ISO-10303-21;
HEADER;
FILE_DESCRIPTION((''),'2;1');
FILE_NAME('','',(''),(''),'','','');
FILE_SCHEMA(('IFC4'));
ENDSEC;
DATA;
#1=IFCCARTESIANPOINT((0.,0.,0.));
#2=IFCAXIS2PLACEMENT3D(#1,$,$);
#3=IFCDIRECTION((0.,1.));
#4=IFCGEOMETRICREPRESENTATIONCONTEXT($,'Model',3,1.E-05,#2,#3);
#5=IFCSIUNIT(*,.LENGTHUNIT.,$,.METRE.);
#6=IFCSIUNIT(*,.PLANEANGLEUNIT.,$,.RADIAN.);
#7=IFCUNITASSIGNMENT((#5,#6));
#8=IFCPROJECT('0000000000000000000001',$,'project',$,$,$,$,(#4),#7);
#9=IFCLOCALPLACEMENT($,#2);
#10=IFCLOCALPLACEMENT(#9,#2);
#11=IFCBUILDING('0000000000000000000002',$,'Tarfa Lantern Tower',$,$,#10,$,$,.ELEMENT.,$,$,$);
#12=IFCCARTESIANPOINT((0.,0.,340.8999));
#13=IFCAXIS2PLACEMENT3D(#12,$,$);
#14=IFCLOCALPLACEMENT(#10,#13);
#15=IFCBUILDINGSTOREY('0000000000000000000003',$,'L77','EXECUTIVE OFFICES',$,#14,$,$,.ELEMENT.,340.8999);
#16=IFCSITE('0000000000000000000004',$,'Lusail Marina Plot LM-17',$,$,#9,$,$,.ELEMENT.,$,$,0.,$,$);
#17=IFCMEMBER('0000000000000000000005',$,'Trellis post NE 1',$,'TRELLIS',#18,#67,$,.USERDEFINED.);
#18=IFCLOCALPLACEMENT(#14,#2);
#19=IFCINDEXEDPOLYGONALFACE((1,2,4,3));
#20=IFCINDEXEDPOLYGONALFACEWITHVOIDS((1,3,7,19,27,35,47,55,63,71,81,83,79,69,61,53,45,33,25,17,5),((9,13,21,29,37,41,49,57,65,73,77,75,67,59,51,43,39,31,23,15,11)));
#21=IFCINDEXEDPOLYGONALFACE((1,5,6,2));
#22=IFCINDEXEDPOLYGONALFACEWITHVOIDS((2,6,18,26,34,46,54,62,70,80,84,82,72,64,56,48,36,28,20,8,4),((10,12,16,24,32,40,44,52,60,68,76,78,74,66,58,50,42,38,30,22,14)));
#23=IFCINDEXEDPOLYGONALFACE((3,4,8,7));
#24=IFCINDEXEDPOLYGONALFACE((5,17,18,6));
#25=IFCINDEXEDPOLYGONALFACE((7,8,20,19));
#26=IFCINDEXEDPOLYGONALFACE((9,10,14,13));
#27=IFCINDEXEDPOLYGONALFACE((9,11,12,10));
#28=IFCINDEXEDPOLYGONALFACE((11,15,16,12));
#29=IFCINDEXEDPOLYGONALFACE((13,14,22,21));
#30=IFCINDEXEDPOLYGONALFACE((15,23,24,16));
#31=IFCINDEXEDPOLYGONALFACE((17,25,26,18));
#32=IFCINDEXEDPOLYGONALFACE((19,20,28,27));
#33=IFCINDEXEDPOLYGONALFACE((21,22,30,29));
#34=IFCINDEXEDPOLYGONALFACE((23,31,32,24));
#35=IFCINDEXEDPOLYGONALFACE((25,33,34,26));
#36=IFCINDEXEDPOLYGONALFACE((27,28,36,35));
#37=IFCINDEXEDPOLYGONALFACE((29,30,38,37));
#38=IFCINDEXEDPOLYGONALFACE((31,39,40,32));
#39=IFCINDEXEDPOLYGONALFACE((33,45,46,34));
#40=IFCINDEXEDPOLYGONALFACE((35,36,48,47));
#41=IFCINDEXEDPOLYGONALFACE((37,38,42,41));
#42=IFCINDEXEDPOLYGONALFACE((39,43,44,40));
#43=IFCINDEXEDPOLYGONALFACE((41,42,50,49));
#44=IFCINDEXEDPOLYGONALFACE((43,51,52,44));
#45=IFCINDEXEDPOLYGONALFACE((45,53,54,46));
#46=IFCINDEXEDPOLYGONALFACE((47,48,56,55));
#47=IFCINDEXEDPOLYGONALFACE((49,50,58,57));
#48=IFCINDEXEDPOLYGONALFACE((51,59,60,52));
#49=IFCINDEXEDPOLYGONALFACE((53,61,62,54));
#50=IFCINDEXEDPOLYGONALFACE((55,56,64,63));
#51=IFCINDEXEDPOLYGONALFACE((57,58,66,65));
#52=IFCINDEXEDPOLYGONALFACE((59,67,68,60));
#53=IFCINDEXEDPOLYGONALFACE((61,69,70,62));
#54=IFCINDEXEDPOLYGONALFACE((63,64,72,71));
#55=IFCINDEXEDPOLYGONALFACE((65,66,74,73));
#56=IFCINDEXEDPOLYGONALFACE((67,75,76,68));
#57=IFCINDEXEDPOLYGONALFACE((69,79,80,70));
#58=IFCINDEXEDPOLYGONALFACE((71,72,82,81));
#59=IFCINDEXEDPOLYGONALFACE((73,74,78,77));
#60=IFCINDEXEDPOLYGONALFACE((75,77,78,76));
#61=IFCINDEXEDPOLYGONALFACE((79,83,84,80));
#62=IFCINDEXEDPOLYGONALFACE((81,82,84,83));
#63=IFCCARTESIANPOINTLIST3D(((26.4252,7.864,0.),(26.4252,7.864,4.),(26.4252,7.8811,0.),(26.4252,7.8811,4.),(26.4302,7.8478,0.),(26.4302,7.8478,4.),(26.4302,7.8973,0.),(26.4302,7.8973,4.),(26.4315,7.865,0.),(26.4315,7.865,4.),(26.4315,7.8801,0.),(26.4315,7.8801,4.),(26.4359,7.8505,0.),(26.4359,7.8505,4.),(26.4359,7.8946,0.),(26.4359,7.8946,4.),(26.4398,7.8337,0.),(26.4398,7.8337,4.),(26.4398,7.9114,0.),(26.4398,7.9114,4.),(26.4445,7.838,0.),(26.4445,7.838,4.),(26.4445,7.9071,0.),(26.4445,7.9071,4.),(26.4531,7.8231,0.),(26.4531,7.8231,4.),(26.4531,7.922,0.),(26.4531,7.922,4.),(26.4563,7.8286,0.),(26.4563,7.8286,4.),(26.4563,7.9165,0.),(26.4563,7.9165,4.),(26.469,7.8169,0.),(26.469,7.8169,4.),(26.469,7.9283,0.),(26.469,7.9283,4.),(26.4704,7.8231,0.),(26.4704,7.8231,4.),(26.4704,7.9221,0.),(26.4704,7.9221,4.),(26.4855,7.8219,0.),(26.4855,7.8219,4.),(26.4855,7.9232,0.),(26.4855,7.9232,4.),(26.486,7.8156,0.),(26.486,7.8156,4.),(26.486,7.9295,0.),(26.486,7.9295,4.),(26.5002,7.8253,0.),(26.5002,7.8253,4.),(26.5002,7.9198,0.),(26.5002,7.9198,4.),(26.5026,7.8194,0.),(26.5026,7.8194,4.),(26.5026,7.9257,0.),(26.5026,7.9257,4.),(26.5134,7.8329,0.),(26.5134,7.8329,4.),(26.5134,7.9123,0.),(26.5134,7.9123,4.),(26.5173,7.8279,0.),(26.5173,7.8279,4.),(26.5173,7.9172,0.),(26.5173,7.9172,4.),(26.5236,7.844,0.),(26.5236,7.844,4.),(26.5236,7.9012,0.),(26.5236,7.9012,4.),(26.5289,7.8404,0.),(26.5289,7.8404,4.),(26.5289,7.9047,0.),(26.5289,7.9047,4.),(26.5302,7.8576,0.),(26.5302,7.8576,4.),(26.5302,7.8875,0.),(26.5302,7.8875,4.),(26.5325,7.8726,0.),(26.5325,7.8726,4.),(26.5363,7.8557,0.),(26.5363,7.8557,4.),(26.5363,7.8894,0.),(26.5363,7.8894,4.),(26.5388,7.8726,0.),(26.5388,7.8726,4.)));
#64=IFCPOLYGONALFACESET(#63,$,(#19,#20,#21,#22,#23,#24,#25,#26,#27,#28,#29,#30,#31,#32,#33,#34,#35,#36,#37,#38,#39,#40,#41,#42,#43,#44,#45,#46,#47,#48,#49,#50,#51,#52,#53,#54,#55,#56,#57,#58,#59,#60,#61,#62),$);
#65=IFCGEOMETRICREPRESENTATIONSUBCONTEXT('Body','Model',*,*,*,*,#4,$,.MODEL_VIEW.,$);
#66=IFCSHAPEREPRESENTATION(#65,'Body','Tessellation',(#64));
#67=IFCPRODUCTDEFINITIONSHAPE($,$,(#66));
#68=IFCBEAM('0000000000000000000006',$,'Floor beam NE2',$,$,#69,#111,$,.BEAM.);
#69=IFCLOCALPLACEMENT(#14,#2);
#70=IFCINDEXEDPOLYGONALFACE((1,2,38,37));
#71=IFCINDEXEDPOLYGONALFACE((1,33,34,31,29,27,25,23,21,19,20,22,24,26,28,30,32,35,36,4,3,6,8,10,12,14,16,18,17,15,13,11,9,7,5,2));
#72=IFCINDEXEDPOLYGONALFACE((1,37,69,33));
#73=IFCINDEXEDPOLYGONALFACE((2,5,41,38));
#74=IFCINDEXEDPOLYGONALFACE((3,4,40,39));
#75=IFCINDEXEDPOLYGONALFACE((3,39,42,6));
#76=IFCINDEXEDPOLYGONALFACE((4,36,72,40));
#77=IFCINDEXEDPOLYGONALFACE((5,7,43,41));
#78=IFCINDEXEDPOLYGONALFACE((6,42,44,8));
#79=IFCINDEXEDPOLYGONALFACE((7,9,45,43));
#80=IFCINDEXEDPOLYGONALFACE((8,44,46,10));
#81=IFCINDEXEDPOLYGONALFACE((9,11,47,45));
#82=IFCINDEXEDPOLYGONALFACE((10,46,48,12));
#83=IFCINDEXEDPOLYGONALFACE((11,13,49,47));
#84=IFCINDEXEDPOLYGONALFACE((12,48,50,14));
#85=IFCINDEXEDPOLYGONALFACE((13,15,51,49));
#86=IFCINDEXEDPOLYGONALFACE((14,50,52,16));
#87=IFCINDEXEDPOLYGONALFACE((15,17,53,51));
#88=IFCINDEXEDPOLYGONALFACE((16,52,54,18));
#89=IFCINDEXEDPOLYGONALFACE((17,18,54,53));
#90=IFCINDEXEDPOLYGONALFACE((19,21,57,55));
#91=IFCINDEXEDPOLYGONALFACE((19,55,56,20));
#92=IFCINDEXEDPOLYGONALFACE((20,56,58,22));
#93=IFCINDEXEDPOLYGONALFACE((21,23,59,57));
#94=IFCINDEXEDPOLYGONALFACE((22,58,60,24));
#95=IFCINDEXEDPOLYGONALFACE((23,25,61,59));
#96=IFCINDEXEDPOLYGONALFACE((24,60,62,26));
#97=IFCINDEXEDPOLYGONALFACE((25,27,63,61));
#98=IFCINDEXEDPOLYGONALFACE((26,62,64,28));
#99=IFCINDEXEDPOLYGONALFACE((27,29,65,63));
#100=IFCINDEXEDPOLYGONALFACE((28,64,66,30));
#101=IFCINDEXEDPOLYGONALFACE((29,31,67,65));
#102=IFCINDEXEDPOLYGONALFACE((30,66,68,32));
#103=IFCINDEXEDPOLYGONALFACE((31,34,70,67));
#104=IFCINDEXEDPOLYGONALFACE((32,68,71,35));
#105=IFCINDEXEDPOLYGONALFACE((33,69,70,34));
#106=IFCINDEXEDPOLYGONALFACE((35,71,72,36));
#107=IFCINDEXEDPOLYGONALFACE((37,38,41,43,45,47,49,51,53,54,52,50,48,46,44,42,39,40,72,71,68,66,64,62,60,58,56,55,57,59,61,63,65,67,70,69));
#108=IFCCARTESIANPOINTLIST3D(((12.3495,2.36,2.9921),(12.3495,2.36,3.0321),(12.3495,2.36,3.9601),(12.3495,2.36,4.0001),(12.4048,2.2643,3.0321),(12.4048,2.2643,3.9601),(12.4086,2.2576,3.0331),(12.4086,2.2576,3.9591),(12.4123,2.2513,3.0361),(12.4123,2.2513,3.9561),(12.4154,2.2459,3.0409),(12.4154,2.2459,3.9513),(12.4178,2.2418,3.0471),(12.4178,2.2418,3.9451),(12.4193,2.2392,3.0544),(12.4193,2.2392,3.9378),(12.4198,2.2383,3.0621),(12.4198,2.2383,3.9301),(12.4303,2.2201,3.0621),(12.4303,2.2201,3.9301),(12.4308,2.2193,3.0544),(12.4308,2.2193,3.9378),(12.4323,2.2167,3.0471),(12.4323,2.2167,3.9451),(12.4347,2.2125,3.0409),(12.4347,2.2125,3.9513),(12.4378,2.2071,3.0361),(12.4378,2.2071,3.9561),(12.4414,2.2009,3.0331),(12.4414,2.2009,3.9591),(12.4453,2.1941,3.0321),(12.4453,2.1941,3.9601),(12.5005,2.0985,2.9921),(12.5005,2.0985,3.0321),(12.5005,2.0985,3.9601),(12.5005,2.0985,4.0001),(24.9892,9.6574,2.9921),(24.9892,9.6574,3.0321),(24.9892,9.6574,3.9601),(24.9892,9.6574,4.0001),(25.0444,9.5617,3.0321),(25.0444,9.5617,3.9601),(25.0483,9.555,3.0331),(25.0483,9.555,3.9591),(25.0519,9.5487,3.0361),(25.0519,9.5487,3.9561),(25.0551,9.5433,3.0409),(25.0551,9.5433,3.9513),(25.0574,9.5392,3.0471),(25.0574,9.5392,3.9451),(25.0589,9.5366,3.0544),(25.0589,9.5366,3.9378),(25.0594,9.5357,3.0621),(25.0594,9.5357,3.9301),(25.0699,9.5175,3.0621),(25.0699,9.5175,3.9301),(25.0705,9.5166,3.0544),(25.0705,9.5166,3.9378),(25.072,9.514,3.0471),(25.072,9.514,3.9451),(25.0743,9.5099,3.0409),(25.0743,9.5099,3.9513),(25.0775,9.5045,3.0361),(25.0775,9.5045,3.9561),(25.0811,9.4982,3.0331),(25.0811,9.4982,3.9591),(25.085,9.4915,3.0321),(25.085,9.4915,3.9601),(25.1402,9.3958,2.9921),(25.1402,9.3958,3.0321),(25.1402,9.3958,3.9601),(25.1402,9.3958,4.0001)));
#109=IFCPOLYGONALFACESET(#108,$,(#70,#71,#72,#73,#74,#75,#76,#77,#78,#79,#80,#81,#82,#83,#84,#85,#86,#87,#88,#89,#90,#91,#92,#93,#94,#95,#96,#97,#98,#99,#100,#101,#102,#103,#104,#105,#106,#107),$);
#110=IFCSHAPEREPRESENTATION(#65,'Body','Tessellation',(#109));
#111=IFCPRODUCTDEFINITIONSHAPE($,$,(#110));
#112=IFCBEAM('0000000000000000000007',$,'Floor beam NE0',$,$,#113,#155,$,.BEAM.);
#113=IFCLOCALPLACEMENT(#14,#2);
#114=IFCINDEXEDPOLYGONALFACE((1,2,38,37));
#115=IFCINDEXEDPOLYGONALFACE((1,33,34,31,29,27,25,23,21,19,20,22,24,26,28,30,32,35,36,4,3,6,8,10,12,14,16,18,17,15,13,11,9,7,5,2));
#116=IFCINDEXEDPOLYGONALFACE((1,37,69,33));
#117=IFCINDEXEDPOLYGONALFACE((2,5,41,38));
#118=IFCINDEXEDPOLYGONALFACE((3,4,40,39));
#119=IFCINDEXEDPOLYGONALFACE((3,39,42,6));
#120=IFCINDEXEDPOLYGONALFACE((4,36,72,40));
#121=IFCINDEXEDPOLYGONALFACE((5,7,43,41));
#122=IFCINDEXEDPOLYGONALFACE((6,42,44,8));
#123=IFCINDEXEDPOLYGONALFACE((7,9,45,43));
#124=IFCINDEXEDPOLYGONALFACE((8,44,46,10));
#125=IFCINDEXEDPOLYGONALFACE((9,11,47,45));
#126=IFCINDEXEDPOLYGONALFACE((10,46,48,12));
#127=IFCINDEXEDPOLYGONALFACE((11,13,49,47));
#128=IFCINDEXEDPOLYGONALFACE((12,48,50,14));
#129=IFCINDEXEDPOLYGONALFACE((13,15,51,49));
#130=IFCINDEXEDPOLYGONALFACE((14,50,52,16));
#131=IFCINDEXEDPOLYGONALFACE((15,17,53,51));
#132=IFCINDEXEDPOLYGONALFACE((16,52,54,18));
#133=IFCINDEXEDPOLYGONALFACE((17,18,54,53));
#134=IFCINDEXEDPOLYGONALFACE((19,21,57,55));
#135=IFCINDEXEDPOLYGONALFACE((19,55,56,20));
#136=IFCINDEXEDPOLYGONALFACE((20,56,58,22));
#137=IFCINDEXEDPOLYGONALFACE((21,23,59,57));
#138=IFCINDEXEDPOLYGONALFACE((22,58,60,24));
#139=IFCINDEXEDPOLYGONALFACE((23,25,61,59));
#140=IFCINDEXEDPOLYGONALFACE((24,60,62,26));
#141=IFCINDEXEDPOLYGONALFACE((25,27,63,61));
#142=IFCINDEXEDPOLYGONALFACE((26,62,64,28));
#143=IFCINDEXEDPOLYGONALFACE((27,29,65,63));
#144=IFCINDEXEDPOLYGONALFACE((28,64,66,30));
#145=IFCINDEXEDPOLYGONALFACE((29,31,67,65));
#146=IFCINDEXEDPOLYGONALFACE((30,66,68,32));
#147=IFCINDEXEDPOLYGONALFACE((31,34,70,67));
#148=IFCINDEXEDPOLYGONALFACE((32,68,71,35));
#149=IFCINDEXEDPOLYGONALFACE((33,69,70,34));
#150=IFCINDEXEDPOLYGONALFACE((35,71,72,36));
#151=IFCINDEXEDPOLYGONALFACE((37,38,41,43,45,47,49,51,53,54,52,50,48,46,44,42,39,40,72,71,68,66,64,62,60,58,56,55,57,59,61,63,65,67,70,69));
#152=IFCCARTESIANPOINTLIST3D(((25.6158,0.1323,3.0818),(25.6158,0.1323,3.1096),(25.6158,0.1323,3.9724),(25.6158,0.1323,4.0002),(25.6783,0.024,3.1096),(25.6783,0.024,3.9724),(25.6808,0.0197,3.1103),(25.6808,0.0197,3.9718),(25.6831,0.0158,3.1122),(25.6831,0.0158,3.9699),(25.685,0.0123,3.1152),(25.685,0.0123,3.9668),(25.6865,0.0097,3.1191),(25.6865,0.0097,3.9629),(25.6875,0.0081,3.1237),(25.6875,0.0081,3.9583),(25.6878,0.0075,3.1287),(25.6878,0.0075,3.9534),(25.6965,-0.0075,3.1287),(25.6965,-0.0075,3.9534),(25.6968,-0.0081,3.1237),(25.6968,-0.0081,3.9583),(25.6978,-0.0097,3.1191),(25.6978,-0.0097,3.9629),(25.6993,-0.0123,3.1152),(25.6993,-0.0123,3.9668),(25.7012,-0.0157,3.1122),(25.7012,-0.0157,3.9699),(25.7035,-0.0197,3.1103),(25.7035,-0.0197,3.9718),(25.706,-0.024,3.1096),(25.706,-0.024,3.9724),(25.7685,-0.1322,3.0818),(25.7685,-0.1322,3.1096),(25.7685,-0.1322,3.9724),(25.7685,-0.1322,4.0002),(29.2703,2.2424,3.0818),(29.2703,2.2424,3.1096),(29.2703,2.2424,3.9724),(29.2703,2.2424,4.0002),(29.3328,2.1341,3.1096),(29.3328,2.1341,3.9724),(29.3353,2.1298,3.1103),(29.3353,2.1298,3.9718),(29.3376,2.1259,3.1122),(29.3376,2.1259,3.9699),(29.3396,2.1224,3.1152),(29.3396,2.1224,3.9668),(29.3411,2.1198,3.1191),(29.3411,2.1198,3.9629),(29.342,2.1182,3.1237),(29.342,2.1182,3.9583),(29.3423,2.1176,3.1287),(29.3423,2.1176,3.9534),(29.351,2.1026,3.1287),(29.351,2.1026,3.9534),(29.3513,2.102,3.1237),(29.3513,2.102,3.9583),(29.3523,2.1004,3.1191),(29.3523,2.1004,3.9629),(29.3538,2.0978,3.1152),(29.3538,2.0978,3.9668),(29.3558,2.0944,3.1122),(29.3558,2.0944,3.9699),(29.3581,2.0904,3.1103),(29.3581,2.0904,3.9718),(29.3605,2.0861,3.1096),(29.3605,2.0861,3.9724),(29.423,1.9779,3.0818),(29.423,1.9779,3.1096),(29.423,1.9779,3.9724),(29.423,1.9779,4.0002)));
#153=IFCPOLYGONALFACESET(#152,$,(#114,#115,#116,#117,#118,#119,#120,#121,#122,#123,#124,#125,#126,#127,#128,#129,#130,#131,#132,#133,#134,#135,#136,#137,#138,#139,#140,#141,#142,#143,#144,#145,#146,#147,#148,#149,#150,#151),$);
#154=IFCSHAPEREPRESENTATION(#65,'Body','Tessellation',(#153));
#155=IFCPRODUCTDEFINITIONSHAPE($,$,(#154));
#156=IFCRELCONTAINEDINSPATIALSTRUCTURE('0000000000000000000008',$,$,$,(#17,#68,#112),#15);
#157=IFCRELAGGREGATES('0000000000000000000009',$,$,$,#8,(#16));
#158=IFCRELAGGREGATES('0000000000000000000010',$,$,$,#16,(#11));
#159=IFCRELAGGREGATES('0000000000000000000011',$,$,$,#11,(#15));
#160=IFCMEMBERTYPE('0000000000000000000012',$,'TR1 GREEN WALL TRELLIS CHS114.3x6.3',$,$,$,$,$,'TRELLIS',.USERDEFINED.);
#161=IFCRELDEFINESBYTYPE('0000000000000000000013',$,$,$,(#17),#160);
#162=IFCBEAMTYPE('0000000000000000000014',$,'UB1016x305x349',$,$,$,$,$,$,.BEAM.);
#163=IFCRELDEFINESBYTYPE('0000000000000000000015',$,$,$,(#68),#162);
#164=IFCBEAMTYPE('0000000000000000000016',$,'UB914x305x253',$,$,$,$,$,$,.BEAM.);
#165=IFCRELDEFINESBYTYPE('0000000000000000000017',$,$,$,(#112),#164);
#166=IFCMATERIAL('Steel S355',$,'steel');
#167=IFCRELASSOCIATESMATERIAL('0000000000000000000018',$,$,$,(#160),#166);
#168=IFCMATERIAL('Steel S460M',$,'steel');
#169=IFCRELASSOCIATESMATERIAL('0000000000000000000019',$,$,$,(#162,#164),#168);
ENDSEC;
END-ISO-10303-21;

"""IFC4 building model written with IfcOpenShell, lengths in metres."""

from ifc_helpers import new_model, si_unit, direction, frame, origin, origin_2d, place, context, subcontext, project, spatial, hollow_circle, i_section, extrude, material, material_profile, profile_set, type_object, element, save


model = new_model("IFC4")

# Units and contexts
model_context = context("Model", 3, precision=1e-05, world=origin(), true_north=direction((0.0, 1.0)))
body_context = subcontext(model_context, "Body", "Model", "MODEL_VIEW")
ifc_project = project(units=[si_unit("LENGTHUNIT", "METRE"), si_unit("PLANEANGLEUNIT", "RADIAN")], contexts=[model_context])

# Site, building, storey
site_placement = place(None, origin())
site = spatial("IfcSite", under=ifc_project, at=site_placement, Name="Lusail Marina Plot LM-17", CompositionType="ELEMENT", RefElevation=0.0)
building_placement = place(site_placement, origin())
building = spatial("IfcBuilding", under=site, at=building_placement, Name="Tarfa Lantern Tower", CompositionType="ELEMENT")
storey_placement = place(building_placement, frame((0.0, 0.0, 340.8999)))
storey = spatial("IfcBuildingStorey", under=building, at=storey_placement, Name="L77", Description="EXECUTIVE OFFICES", CompositionType="ELEMENT", Elevation=340.8999)

# Member
ifc_material_1 = material(Name="Steel S355", Category="steel")
ifc_material_profile_1 = material_profile(ifc_material_1, hollow_circle(Radius=0.0571, WallThickness=0.0063, at=origin_2d()), Name="CHS114.3x6.3")
ifc_profile_set_1 = profile_set([ifc_material_profile_1], Name="Steel S355")
member_type_1 = type_object("IfcMemberType", Name="TR1 GREEN WALL TRELLIS CHS114.3x6.3", ElementType="TRELLIS", PredefinedType="USERDEFINED", material=ifc_profile_set_1)
member_1_placement = place(storey_placement, frame((26.4817, 7.8726, 0.0), z_axis=(0.0, 0.0, 1.0), x_axis=(1.0, 0.0, 0.0)))
element("IfcMember", 1, at=member_1_placement, inside=storey, type_object=member_type_1, Name="Trellis post NE 1", ObjectType="TRELLIS", PredefinedType="USERDEFINED", context=body_context, shape_type="SweptSolid", body=[
    extrude(hollow_circle(Radius=0.0571, WallThickness=0.0063, at=origin_2d()), origin(), (0.0, 0.0, 1.0), 4.0),
])

# Beams
ifc_material_2 = material(Name="Steel S460M", Category="steel")
ifc_material_profile_2 = material_profile(ifc_material_2, i_section(OverallWidth=0.302, OverallDepth=1.0081, WebThickness=0.021, FlangeThickness=0.04, FilletRadius=0.03, at=origin_2d()), Name="UB1016x305x349")
ifc_profile_set_2 = profile_set([ifc_material_profile_2], Name="Steel S460M")
beam_type_1 = type_object("IfcBeamType", Name="UB1016x305x349", PredefinedType="BEAM", material=ifc_profile_set_2)
beam_1_placement = place(storey_placement, frame((25.0647, 9.5266, 3.4961), z_axis=(-0.86603, -0.499993, 0.0), x_axis=(0.499993, -0.86603, 0.0)))
element("IfcBeam", 2, at=beam_1_placement, inside=storey, type_object=beam_type_1, Name="Floor beam NE2", PredefinedType="BEAM", context=body_context, shape_type="SweptSolid", body=[
    extrude(i_section(OverallWidth=0.302, OverallDepth=1.0081, WebThickness=0.021, FlangeThickness=0.04, FilletRadius=0.03, at=origin_2d()), origin(), (0.0, 0.0, 1.0), 14.595),
])
ifc_material_profile_3 = material_profile(ifc_material_2, i_section(OverallWidth=0.3054, OverallDepth=0.9185, WebThickness=0.0173, FlangeThickness=0.0278, FilletRadius=0.019, at=origin_2d()), Name="UB914x305x253")
ifc_profile_set_3 = profile_set([ifc_material_profile_3], Name="Steel S460M")
beam_type_2 = type_object("IfcBeamType", Name="UB914x305x253", PredefinedType="BEAM", material=ifc_profile_set_3)
beam_2_placement = place(storey_placement, frame((29.3467, 2.1101, 3.541), z_axis=(-0.866009, -0.500028, 0.0), x_axis=(0.500028, -0.866009, 0.0)))
element("IfcBeam", 3, at=beam_2_placement, inside=storey, type_object=beam_type_2, Name="Floor beam NE0", PredefinedType="BEAM", context=body_context, shape_type="SweptSolid", body=[
    extrude(i_section(OverallWidth=0.3054, OverallDepth=0.9185, WebThickness=0.0173, FlangeThickness=0.0278, FilletRadius=0.019, at=origin_2d()), origin(), (0.0, 0.0, 1.0), 4.22),
])

save(model, "model.ifc")
